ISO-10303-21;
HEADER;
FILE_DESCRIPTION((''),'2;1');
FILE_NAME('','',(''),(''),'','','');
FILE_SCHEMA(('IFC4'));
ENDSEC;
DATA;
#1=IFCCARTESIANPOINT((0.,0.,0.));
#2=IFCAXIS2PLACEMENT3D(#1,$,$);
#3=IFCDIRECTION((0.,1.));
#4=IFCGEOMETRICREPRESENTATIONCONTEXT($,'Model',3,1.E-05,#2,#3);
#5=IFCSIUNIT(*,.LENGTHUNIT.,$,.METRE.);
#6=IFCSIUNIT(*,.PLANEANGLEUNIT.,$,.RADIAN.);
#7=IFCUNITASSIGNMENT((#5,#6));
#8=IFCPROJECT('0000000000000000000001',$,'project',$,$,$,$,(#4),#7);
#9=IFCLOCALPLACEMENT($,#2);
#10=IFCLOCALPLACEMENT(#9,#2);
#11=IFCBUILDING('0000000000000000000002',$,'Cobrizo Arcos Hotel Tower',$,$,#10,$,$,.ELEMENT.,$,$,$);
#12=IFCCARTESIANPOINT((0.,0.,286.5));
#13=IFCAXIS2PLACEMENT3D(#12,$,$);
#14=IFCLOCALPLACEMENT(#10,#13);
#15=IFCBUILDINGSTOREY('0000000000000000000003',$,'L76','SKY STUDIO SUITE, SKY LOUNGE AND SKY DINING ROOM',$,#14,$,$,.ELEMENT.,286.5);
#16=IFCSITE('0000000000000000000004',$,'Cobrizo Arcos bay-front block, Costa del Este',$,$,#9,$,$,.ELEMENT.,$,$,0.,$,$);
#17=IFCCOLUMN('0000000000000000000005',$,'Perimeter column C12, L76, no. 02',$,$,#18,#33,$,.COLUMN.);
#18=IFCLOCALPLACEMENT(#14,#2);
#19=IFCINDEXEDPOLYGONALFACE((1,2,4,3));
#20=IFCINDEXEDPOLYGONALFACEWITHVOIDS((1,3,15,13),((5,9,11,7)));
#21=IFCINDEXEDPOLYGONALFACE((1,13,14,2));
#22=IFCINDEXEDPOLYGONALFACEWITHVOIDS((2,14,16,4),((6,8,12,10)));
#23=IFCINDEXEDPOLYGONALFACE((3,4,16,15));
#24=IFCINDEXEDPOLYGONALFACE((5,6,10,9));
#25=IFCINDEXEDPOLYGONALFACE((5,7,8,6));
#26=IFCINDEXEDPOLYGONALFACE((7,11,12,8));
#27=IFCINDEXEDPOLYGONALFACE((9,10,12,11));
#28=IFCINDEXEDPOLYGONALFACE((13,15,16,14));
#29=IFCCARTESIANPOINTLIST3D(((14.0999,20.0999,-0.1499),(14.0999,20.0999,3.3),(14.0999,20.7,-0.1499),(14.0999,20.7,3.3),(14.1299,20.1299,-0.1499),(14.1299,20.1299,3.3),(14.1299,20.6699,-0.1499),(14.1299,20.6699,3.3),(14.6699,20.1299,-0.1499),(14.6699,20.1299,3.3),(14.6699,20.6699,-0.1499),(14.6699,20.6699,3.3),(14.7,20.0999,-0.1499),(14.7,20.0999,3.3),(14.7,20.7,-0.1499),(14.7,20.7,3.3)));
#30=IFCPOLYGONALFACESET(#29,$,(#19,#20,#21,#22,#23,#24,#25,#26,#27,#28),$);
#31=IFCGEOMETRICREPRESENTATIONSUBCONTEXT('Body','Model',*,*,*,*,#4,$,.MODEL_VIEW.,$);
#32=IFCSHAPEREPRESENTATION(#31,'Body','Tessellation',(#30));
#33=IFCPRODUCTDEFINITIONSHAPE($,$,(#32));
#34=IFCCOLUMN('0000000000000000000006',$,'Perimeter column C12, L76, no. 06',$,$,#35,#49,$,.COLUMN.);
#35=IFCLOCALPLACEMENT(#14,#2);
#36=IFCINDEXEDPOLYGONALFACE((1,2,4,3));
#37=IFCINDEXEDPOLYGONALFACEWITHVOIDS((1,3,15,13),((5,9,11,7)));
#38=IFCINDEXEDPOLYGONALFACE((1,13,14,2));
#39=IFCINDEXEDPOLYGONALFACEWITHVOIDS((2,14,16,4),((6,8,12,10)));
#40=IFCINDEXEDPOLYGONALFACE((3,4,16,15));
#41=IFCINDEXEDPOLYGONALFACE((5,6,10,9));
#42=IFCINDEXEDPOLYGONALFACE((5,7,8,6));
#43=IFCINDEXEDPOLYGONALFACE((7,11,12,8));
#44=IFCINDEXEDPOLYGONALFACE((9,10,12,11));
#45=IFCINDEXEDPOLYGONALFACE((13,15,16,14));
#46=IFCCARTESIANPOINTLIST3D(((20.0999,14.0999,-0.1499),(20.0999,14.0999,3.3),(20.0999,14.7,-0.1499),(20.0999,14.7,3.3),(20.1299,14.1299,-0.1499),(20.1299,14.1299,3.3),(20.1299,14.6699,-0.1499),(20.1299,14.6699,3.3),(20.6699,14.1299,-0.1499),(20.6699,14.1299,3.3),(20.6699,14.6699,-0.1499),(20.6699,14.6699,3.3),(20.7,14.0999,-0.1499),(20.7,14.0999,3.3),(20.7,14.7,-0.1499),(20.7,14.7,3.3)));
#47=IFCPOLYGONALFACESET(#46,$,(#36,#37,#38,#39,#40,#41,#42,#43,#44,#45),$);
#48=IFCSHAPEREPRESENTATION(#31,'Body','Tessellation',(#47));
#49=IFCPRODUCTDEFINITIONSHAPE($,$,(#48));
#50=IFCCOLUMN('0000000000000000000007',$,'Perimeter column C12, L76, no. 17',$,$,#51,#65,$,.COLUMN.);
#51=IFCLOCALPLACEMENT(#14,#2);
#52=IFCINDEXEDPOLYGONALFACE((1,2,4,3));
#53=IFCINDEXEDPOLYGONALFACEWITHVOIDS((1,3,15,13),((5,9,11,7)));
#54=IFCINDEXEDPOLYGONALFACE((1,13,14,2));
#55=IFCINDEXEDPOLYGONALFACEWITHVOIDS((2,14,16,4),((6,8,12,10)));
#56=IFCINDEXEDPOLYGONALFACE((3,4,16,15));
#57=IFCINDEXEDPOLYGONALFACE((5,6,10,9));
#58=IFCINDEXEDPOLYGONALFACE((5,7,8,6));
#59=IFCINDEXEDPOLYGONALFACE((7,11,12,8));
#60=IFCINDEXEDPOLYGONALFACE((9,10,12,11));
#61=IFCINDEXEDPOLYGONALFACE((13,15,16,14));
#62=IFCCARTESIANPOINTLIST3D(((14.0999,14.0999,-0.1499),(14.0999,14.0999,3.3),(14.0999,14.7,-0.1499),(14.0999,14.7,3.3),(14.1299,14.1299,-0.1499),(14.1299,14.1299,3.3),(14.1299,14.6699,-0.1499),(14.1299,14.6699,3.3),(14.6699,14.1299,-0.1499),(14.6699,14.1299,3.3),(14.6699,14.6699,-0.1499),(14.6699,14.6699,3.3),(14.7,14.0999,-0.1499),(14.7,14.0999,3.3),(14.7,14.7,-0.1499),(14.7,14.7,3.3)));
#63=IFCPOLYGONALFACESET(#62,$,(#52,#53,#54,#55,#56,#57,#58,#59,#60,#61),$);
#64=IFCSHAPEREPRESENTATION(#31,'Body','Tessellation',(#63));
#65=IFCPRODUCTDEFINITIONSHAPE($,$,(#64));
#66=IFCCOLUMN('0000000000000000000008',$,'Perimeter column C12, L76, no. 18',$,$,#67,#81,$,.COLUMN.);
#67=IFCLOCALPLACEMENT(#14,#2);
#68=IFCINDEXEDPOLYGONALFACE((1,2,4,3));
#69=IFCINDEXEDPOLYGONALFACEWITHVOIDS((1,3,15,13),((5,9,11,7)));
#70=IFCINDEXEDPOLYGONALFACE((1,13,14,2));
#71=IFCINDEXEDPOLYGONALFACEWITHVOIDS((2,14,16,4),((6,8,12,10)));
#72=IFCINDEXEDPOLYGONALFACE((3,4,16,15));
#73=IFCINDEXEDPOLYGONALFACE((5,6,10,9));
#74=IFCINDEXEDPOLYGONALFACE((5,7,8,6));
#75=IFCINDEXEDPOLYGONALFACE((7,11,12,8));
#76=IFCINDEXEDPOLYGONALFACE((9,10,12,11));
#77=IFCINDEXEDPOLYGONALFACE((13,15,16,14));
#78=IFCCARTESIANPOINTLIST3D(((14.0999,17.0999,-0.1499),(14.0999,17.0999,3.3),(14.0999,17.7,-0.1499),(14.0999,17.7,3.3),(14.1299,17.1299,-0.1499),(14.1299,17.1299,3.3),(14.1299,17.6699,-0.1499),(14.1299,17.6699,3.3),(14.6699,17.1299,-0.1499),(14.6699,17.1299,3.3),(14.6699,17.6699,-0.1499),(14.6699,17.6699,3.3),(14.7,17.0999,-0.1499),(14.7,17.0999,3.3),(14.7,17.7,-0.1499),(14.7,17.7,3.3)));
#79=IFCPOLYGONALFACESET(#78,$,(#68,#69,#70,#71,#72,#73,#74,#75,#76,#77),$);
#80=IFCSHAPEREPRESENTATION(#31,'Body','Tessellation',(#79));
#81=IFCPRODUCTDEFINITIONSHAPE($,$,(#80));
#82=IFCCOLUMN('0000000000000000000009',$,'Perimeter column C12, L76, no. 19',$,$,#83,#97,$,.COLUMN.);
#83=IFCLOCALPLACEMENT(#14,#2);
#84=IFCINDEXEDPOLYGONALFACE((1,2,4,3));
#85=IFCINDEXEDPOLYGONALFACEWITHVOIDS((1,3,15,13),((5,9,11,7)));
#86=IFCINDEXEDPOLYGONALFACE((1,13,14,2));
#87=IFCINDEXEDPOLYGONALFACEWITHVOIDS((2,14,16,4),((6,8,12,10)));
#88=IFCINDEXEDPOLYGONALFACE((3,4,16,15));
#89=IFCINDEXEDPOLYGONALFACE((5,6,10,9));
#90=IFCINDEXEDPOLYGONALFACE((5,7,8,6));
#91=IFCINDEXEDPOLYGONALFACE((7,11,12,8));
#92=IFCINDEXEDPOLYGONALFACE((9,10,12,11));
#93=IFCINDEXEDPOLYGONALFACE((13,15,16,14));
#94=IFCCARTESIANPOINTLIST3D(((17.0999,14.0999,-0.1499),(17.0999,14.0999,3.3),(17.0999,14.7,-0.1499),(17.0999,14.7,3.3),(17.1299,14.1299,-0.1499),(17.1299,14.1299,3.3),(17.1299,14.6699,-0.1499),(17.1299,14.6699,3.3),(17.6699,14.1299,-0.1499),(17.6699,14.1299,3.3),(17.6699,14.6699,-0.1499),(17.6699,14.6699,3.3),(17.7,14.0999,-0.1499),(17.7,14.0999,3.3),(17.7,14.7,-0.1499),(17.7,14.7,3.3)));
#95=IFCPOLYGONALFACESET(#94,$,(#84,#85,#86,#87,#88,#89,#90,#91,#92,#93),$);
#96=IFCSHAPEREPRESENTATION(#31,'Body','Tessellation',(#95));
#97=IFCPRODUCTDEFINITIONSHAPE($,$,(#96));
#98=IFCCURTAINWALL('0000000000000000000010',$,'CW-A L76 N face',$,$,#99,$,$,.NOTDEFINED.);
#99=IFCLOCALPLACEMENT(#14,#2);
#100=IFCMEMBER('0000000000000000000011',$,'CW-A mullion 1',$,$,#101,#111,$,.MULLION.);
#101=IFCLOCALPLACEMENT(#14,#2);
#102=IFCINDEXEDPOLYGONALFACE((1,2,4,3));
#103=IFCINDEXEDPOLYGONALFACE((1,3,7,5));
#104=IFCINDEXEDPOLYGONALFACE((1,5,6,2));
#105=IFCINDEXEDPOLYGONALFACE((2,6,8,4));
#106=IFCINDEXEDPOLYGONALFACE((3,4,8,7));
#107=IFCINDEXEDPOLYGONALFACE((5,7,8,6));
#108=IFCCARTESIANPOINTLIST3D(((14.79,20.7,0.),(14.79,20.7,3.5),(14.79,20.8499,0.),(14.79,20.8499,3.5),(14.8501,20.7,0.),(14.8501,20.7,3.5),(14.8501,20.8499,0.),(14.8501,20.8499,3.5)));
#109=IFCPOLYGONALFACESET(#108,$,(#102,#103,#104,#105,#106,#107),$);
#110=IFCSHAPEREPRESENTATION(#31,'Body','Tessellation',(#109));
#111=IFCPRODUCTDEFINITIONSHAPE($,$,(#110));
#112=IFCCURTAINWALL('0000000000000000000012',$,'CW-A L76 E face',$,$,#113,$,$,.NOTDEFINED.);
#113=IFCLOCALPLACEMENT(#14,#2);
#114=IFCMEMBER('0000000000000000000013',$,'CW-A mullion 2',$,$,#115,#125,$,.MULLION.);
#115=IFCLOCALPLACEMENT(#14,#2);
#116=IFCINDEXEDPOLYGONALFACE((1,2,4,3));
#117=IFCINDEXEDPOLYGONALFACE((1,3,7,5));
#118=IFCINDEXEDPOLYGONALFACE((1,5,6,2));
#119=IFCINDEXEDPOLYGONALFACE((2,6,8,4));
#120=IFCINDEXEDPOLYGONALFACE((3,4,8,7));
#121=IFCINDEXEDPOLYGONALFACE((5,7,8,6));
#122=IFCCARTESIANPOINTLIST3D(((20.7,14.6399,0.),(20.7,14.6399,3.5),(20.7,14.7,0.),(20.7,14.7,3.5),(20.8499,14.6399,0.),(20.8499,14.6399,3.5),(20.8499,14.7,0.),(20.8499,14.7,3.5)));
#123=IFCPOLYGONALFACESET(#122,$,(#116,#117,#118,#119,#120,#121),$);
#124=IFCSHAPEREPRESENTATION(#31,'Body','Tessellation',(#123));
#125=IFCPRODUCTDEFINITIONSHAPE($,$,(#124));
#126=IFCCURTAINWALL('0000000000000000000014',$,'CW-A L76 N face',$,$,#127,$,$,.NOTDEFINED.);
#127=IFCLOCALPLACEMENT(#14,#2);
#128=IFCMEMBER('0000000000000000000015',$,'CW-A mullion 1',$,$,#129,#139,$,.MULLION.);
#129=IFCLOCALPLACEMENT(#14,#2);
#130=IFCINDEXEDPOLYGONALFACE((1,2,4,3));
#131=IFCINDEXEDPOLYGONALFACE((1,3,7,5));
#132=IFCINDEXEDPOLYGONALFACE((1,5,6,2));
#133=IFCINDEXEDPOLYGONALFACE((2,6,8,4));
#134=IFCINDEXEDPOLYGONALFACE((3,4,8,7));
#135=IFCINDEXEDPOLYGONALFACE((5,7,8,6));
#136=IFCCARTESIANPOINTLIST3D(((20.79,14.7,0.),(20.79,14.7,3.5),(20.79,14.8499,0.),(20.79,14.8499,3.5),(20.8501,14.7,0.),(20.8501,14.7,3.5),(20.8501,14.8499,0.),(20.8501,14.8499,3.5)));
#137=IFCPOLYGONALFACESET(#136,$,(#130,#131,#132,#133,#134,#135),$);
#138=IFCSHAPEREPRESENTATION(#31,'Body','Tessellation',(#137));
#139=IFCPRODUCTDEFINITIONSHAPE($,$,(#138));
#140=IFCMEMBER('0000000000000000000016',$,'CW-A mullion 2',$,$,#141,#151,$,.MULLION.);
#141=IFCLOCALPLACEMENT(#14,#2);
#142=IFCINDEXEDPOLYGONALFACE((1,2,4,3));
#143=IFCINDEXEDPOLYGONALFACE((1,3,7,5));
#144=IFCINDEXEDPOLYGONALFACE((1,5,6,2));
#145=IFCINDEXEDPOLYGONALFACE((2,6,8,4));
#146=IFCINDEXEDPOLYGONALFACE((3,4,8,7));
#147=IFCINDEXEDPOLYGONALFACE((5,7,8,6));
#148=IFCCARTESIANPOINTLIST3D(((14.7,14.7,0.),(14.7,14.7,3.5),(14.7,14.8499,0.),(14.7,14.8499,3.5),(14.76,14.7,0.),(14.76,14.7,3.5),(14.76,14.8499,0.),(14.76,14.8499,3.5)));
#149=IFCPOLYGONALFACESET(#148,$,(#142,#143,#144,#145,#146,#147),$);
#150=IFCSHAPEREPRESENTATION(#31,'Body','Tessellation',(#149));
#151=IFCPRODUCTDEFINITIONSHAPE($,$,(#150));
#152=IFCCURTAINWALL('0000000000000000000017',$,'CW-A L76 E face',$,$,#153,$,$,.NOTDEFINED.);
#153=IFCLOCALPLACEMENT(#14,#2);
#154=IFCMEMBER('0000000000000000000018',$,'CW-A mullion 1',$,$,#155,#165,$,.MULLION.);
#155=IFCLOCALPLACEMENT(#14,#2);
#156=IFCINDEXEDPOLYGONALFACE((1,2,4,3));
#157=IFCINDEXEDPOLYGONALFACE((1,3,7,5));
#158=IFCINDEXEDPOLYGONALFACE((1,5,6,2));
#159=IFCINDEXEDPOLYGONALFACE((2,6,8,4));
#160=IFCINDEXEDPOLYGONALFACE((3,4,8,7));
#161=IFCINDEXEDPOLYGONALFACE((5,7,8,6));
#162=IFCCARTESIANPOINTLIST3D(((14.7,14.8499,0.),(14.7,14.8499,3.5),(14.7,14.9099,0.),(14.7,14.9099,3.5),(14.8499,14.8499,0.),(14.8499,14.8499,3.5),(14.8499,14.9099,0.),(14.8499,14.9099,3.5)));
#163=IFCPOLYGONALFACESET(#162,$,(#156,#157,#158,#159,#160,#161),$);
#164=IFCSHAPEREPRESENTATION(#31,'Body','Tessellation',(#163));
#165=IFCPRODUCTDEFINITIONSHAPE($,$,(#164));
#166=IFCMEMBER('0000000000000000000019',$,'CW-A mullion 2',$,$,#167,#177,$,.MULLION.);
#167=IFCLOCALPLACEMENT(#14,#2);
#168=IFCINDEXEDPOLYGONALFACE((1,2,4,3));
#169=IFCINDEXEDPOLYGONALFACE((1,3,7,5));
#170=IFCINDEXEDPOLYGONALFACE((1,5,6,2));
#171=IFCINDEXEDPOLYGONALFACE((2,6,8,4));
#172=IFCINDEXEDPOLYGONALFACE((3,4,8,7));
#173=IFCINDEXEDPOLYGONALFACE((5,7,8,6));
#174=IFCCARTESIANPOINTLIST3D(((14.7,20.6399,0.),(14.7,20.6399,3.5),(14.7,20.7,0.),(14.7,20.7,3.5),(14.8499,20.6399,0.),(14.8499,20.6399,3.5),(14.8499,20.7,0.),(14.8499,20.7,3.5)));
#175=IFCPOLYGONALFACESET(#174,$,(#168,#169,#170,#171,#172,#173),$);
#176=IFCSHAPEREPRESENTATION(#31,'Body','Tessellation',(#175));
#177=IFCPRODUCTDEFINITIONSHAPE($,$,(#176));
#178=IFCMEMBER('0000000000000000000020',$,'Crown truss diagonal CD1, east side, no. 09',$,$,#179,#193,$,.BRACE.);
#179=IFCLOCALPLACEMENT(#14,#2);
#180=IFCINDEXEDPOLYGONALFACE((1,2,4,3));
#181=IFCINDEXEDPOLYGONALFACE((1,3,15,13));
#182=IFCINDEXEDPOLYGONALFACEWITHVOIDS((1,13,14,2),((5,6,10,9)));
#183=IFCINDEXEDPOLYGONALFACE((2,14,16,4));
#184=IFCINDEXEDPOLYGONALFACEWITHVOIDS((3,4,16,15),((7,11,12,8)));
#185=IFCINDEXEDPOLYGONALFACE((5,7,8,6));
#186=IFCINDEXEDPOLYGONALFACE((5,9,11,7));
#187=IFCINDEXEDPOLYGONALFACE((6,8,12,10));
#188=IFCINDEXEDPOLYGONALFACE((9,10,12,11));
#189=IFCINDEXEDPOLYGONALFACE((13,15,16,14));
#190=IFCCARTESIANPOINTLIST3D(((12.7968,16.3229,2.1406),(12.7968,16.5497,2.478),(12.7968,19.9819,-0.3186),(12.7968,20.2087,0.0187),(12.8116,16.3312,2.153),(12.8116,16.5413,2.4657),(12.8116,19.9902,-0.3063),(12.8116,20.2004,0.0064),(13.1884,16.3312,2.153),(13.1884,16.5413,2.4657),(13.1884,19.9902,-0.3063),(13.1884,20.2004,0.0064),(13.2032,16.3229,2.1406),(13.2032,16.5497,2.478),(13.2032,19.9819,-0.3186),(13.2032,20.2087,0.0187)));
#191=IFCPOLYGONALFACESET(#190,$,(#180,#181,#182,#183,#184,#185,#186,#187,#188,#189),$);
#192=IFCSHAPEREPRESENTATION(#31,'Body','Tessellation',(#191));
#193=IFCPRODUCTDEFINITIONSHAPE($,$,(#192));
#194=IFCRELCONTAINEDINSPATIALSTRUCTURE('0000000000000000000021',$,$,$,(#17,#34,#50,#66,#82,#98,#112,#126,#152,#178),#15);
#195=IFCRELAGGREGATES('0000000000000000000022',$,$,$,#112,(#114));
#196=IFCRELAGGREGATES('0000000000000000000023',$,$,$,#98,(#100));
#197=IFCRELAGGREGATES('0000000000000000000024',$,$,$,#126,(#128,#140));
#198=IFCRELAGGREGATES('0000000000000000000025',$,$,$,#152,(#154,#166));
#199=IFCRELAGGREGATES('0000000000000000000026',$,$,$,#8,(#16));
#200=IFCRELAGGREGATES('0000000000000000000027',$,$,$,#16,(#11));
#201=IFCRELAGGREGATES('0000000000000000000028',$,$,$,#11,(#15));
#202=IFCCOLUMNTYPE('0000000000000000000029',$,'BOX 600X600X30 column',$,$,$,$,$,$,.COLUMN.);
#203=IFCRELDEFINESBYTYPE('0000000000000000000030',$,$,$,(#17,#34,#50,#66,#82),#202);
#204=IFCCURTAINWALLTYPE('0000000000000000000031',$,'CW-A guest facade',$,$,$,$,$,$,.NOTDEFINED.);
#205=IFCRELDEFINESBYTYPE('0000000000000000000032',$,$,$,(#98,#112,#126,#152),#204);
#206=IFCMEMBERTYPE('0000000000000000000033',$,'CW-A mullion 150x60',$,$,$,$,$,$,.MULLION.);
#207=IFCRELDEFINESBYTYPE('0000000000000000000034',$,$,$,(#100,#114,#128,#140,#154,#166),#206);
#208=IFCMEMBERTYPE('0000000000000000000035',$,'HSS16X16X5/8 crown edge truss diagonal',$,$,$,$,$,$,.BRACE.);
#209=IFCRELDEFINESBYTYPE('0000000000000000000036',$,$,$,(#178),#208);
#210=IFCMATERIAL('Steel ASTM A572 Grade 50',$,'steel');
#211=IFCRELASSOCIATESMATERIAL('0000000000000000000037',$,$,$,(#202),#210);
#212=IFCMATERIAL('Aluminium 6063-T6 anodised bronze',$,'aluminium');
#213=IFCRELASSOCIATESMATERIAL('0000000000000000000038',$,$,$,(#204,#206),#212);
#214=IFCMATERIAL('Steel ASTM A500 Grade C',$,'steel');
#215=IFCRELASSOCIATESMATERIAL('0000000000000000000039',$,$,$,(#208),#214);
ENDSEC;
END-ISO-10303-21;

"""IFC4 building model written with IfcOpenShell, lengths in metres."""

from ifc_helpers import new_model, si_unit, direction, frame, origin, origin_2d, place, context, subcontext, project, spatial, rectangle, hollow_rectangle, extrude, material, material_profile, profile_set, type_object, element, aggregate, save


model = new_model("IFC4")

# Units and contexts
model_context = context("Model", 3, precision=1e-05, world=origin(), true_north=direction((0.0, 1.0)))
body_context = subcontext(model_context, "Body", "Model", "MODEL_VIEW")
ifc_project = project(units=[si_unit("LENGTHUNIT", "METRE"), si_unit("PLANEANGLEUNIT", "RADIAN")], contexts=[model_context])

# Site, building, storey
site_placement = place(None, origin())
site = spatial("IfcSite", under=ifc_project, at=site_placement, Name="Cobrizo Arcos bay-front block, Costa del Este", CompositionType="ELEMENT", RefElevation=0.0)
building_placement = place(site_placement, origin())
building = spatial("IfcBuilding", under=site, at=building_placement, Name="Cobrizo Arcos Hotel Tower", CompositionType="ELEMENT")
storey_placement = place(building_placement, frame((0.0, 0.0, 286.5)))
storey = spatial("IfcBuildingStorey", under=building, at=storey_placement, Name="L76", Description="SKY STUDIO SUITE, SKY LOUNGE AND SKY DINING ROOM", CompositionType="ELEMENT", Elevation=286.5)

# Columns
ifc_material_1 = material(Name="Steel ASTM A572 Grade 50", Category="steel")
ifc_material_profile_1 = material_profile(ifc_material_1, hollow_rectangle(XDim=0.6001, YDim=0.6001, WallThickness=0.03, at=origin_2d()), Name="BOX 600X600X30")
ifc_profile_set_1 = profile_set([ifc_material_profile_1], Name="Steel ASTM A572 Grade 50")
column_type = type_object("IfcColumnType", Name="BOX 600X600X30 column", PredefinedType="COLUMN", material=ifc_profile_set_1)
for number, where, z_axis, x_axis, name in (
    (1, (14.3999, 20.3999, -0.1499), (0.0, 0.0, 1.0), (1.0, 0.0, 0.0), "Perimeter column C12, L76, no. 02"),
    (2, (20.3999, 14.3999, -0.1499), (0.0, 0.0, 1.0), (1.0, 0.0, 0.0), "Perimeter column C12, L76, no. 06"),
    (3, (14.3999, 14.3999, -0.1499), (0.0, 0.0, 1.0), (1.0, 0.0, 0.0), "Perimeter column C12, L76, no. 17"),
    (4, (14.3999, 17.3999, -0.1499), (0.0, 0.0, 1.0), (1.0, 0.0, 0.0), "Perimeter column C12, L76, no. 18"),
    (5, (17.3999, 14.3999, -0.1499), (0.0, 0.0, 1.0), (1.0, 0.0, 0.0), "Perimeter column C12, L76, no. 19"),
):
    element("IfcColumn", number, at=place(storey_placement, frame(where, z_axis=z_axis, x_axis=x_axis)), inside=storey, type_object=column_type, Name=name, PredefinedType="COLUMN", context=body_context, shape_type="SweptSolid", body=[
        extrude(hollow_rectangle(XDim=0.6001, YDim=0.6001, WallThickness=0.03, at=origin_2d()), origin(), (0.0, 0.0, 1.0), 3.45),
    ])

# Curtain walls, members
ifc_material_2 = material(Name="Aluminium 6063-T6 anodised bronze", Category="aluminium")
curtain_wall_type = type_object("IfcCurtainWallType", Name="CW-A guest facade", PredefinedType="NOTDEFINED", material=ifc_material_2)
curtain_wall_1_placement = place(storey_placement, origin())
curtain_wall_1 = element("IfcCurtainWall", 6, at=curtain_wall_1_placement, inside=storey, type_object=curtain_wall_type, Name="CW-A L76 N face", PredefinedType="NOTDEFINED")
ifc_material_profile_2 = material_profile(ifc_material_2, rectangle(XDim=0.1499, YDim=0.0601, at=origin_2d()), Name="CW-A mullion 150x60")
ifc_profile_set_2 = profile_set([ifc_material_profile_2], Name="Aluminium 6063-T6 anodised bronze")
member_type_1 = type_object("IfcMemberType", Name="CW-A mullion 150x60", PredefinedType="MULLION", material=ifc_profile_set_2)
member_1_placement = place(storey_placement, frame((14.8201, 20.7749, 0.0), z_axis=(0.0, 0.0, 1.0), x_axis=(0.0, 1.0, 0.0)))
member_1 = element("IfcMember", 7, at=member_1_placement, type_object=member_type_1, Name="CW-A mullion 1", PredefinedType="MULLION", context=body_context, shape_type="SweptSolid", body=[
    extrude(rectangle(XDim=0.1499, YDim=0.0601, at=origin_2d()), origin(), (0.0, 0.0, 1.0), 3.5),
])
curtain_wall_2_placement = place(storey_placement, origin())
curtain_wall_2 = element("IfcCurtainWall", 8, at=curtain_wall_2_placement, inside=storey, type_object=curtain_wall_type, Name="CW-A L76 E face", PredefinedType="NOTDEFINED")
member_2_placement = place(storey_placement, frame((20.7749, 14.6699, 0.0), z_axis=(0.0, 0.0, 1.0), x_axis=(1.0, 0.0, 0.0)))
member_2 = element("IfcMember", 9, at=member_2_placement, type_object=member_type_1, Name="CW-A mullion 2", PredefinedType="MULLION", context=body_context, shape_type="SweptSolid", body=[
    extrude(rectangle(XDim=0.1499, YDim=0.0601, at=origin_2d()), origin(), (0.0, 0.0, 1.0), 3.5),
])
aggregate(curtain_wall_2, [member_2])

# Curtain walls, members
curtain_wall_3_placement = place(storey_placement, origin())
curtain_wall_3 = element("IfcCurtainWall", 10, at=curtain_wall_3_placement, inside=storey, type_object=curtain_wall_type, Name="CW-A L76 N face", PredefinedType="NOTDEFINED")
member_3_placement = place(storey_placement, frame((20.8201, 14.7749, 0.0), z_axis=(0.0, 0.0, 1.0), x_axis=(0.0, 1.0, 0.0)))
member_3 = element("IfcMember", 11, at=member_3_placement, type_object=member_type_1, Name="CW-A mullion 1", PredefinedType="MULLION", context=body_context, shape_type="SweptSolid", body=[
    extrude(rectangle(XDim=0.1499, YDim=0.0601, at=origin_2d()), origin(), (0.0, 0.0, 1.0), 3.5),
])
member_4_placement = place(storey_placement, frame((14.73, 14.7749, 0.0), z_axis=(0.0, 0.0, 1.0), x_axis=(0.0, 1.0, 0.0)))
member_4 = element("IfcMember", 12, at=member_4_placement, type_object=member_type_1, Name="CW-A mullion 2", PredefinedType="MULLION", context=body_context, shape_type="SweptSolid", body=[
    extrude(rectangle(XDim=0.1499, YDim=0.0601, at=origin_2d()), origin(), (0.0, 0.0, 1.0), 3.5),
])
curtain_wall_4_placement = place(storey_placement, origin())
curtain_wall_4 = element("IfcCurtainWall", 13, at=curtain_wall_4_placement, inside=storey, type_object=curtain_wall_type, Name="CW-A L76 E face", PredefinedType="NOTDEFINED")
member_5_placement = place(storey_placement, frame((14.7749, 14.8799, 0.0), z_axis=(0.0, 0.0, 1.0), x_axis=(1.0, 0.0, 0.0)))
member_5 = element("IfcMember", 14, at=member_5_placement, type_object=member_type_1, Name="CW-A mullion 1", PredefinedType="MULLION", context=body_context, shape_type="SweptSolid", body=[
    extrude(rectangle(XDim=0.1499, YDim=0.0601, at=origin_2d()), origin(), (0.0, 0.0, 1.0), 3.5),
])
member_6_placement = place(storey_placement, frame((14.7749, 20.6699, 0.0), z_axis=(0.0, 0.0, 1.0), x_axis=(1.0, 0.0, 0.0)))
member_6 = element("IfcMember", 15, at=member_6_placement, type_object=member_type_1, Name="CW-A mullion 2", PredefinedType="MULLION", context=body_context, shape_type="SweptSolid", body=[
    extrude(rectangle(XDim=0.1499, YDim=0.0601, at=origin_2d()), origin(), (0.0, 0.0, 1.0), 3.5),
])

# Member
ifc_material_3 = material(Name="Steel ASTM A500 Grade C", Category="steel")
ifc_material_profile_3 = material_profile(ifc_material_3, hollow_rectangle(XDim=0.4065, YDim=0.4065, WallThickness=0.0149, at=origin_2d()), Name="HSS16X16X5/8")
ifc_profile_set_3 = profile_set([ifc_material_profile_3], Name="Steel ASTM A500 Grade C")
member_type_2 = type_object("IfcMemberType", Name="HSS16X16X5/8 crown edge truss diagonal", PredefinedType="BRACE", material=ifc_profile_set_3)
member_7_placement = place(storey_placement, frame((13.0, 16.4363, 2.3093), z_axis=(0.0, 0.829957, -0.557827), x_axis=(-1.0, 0.0, 0.0)))
element("IfcMember", 16, at=member_7_placement, inside=storey, type_object=member_type_2, Name="Crown truss diagonal CD1, east side, no. 09", PredefinedType="BRACE", context=body_context, shape_type="SweptSolid", body=[
    extrude(hollow_rectangle(XDim=0.4065, YDim=0.4065, WallThickness=0.0149, at=origin_2d()), origin(), (0.0, 0.0, 1.0), 4.4087),
])

aggregate(curtain_wall_1, [member_1])
aggregate(curtain_wall_3, [member_3, member_4])
aggregate(curtain_wall_4, [member_5, member_6])

save(model, "model.ifc")
